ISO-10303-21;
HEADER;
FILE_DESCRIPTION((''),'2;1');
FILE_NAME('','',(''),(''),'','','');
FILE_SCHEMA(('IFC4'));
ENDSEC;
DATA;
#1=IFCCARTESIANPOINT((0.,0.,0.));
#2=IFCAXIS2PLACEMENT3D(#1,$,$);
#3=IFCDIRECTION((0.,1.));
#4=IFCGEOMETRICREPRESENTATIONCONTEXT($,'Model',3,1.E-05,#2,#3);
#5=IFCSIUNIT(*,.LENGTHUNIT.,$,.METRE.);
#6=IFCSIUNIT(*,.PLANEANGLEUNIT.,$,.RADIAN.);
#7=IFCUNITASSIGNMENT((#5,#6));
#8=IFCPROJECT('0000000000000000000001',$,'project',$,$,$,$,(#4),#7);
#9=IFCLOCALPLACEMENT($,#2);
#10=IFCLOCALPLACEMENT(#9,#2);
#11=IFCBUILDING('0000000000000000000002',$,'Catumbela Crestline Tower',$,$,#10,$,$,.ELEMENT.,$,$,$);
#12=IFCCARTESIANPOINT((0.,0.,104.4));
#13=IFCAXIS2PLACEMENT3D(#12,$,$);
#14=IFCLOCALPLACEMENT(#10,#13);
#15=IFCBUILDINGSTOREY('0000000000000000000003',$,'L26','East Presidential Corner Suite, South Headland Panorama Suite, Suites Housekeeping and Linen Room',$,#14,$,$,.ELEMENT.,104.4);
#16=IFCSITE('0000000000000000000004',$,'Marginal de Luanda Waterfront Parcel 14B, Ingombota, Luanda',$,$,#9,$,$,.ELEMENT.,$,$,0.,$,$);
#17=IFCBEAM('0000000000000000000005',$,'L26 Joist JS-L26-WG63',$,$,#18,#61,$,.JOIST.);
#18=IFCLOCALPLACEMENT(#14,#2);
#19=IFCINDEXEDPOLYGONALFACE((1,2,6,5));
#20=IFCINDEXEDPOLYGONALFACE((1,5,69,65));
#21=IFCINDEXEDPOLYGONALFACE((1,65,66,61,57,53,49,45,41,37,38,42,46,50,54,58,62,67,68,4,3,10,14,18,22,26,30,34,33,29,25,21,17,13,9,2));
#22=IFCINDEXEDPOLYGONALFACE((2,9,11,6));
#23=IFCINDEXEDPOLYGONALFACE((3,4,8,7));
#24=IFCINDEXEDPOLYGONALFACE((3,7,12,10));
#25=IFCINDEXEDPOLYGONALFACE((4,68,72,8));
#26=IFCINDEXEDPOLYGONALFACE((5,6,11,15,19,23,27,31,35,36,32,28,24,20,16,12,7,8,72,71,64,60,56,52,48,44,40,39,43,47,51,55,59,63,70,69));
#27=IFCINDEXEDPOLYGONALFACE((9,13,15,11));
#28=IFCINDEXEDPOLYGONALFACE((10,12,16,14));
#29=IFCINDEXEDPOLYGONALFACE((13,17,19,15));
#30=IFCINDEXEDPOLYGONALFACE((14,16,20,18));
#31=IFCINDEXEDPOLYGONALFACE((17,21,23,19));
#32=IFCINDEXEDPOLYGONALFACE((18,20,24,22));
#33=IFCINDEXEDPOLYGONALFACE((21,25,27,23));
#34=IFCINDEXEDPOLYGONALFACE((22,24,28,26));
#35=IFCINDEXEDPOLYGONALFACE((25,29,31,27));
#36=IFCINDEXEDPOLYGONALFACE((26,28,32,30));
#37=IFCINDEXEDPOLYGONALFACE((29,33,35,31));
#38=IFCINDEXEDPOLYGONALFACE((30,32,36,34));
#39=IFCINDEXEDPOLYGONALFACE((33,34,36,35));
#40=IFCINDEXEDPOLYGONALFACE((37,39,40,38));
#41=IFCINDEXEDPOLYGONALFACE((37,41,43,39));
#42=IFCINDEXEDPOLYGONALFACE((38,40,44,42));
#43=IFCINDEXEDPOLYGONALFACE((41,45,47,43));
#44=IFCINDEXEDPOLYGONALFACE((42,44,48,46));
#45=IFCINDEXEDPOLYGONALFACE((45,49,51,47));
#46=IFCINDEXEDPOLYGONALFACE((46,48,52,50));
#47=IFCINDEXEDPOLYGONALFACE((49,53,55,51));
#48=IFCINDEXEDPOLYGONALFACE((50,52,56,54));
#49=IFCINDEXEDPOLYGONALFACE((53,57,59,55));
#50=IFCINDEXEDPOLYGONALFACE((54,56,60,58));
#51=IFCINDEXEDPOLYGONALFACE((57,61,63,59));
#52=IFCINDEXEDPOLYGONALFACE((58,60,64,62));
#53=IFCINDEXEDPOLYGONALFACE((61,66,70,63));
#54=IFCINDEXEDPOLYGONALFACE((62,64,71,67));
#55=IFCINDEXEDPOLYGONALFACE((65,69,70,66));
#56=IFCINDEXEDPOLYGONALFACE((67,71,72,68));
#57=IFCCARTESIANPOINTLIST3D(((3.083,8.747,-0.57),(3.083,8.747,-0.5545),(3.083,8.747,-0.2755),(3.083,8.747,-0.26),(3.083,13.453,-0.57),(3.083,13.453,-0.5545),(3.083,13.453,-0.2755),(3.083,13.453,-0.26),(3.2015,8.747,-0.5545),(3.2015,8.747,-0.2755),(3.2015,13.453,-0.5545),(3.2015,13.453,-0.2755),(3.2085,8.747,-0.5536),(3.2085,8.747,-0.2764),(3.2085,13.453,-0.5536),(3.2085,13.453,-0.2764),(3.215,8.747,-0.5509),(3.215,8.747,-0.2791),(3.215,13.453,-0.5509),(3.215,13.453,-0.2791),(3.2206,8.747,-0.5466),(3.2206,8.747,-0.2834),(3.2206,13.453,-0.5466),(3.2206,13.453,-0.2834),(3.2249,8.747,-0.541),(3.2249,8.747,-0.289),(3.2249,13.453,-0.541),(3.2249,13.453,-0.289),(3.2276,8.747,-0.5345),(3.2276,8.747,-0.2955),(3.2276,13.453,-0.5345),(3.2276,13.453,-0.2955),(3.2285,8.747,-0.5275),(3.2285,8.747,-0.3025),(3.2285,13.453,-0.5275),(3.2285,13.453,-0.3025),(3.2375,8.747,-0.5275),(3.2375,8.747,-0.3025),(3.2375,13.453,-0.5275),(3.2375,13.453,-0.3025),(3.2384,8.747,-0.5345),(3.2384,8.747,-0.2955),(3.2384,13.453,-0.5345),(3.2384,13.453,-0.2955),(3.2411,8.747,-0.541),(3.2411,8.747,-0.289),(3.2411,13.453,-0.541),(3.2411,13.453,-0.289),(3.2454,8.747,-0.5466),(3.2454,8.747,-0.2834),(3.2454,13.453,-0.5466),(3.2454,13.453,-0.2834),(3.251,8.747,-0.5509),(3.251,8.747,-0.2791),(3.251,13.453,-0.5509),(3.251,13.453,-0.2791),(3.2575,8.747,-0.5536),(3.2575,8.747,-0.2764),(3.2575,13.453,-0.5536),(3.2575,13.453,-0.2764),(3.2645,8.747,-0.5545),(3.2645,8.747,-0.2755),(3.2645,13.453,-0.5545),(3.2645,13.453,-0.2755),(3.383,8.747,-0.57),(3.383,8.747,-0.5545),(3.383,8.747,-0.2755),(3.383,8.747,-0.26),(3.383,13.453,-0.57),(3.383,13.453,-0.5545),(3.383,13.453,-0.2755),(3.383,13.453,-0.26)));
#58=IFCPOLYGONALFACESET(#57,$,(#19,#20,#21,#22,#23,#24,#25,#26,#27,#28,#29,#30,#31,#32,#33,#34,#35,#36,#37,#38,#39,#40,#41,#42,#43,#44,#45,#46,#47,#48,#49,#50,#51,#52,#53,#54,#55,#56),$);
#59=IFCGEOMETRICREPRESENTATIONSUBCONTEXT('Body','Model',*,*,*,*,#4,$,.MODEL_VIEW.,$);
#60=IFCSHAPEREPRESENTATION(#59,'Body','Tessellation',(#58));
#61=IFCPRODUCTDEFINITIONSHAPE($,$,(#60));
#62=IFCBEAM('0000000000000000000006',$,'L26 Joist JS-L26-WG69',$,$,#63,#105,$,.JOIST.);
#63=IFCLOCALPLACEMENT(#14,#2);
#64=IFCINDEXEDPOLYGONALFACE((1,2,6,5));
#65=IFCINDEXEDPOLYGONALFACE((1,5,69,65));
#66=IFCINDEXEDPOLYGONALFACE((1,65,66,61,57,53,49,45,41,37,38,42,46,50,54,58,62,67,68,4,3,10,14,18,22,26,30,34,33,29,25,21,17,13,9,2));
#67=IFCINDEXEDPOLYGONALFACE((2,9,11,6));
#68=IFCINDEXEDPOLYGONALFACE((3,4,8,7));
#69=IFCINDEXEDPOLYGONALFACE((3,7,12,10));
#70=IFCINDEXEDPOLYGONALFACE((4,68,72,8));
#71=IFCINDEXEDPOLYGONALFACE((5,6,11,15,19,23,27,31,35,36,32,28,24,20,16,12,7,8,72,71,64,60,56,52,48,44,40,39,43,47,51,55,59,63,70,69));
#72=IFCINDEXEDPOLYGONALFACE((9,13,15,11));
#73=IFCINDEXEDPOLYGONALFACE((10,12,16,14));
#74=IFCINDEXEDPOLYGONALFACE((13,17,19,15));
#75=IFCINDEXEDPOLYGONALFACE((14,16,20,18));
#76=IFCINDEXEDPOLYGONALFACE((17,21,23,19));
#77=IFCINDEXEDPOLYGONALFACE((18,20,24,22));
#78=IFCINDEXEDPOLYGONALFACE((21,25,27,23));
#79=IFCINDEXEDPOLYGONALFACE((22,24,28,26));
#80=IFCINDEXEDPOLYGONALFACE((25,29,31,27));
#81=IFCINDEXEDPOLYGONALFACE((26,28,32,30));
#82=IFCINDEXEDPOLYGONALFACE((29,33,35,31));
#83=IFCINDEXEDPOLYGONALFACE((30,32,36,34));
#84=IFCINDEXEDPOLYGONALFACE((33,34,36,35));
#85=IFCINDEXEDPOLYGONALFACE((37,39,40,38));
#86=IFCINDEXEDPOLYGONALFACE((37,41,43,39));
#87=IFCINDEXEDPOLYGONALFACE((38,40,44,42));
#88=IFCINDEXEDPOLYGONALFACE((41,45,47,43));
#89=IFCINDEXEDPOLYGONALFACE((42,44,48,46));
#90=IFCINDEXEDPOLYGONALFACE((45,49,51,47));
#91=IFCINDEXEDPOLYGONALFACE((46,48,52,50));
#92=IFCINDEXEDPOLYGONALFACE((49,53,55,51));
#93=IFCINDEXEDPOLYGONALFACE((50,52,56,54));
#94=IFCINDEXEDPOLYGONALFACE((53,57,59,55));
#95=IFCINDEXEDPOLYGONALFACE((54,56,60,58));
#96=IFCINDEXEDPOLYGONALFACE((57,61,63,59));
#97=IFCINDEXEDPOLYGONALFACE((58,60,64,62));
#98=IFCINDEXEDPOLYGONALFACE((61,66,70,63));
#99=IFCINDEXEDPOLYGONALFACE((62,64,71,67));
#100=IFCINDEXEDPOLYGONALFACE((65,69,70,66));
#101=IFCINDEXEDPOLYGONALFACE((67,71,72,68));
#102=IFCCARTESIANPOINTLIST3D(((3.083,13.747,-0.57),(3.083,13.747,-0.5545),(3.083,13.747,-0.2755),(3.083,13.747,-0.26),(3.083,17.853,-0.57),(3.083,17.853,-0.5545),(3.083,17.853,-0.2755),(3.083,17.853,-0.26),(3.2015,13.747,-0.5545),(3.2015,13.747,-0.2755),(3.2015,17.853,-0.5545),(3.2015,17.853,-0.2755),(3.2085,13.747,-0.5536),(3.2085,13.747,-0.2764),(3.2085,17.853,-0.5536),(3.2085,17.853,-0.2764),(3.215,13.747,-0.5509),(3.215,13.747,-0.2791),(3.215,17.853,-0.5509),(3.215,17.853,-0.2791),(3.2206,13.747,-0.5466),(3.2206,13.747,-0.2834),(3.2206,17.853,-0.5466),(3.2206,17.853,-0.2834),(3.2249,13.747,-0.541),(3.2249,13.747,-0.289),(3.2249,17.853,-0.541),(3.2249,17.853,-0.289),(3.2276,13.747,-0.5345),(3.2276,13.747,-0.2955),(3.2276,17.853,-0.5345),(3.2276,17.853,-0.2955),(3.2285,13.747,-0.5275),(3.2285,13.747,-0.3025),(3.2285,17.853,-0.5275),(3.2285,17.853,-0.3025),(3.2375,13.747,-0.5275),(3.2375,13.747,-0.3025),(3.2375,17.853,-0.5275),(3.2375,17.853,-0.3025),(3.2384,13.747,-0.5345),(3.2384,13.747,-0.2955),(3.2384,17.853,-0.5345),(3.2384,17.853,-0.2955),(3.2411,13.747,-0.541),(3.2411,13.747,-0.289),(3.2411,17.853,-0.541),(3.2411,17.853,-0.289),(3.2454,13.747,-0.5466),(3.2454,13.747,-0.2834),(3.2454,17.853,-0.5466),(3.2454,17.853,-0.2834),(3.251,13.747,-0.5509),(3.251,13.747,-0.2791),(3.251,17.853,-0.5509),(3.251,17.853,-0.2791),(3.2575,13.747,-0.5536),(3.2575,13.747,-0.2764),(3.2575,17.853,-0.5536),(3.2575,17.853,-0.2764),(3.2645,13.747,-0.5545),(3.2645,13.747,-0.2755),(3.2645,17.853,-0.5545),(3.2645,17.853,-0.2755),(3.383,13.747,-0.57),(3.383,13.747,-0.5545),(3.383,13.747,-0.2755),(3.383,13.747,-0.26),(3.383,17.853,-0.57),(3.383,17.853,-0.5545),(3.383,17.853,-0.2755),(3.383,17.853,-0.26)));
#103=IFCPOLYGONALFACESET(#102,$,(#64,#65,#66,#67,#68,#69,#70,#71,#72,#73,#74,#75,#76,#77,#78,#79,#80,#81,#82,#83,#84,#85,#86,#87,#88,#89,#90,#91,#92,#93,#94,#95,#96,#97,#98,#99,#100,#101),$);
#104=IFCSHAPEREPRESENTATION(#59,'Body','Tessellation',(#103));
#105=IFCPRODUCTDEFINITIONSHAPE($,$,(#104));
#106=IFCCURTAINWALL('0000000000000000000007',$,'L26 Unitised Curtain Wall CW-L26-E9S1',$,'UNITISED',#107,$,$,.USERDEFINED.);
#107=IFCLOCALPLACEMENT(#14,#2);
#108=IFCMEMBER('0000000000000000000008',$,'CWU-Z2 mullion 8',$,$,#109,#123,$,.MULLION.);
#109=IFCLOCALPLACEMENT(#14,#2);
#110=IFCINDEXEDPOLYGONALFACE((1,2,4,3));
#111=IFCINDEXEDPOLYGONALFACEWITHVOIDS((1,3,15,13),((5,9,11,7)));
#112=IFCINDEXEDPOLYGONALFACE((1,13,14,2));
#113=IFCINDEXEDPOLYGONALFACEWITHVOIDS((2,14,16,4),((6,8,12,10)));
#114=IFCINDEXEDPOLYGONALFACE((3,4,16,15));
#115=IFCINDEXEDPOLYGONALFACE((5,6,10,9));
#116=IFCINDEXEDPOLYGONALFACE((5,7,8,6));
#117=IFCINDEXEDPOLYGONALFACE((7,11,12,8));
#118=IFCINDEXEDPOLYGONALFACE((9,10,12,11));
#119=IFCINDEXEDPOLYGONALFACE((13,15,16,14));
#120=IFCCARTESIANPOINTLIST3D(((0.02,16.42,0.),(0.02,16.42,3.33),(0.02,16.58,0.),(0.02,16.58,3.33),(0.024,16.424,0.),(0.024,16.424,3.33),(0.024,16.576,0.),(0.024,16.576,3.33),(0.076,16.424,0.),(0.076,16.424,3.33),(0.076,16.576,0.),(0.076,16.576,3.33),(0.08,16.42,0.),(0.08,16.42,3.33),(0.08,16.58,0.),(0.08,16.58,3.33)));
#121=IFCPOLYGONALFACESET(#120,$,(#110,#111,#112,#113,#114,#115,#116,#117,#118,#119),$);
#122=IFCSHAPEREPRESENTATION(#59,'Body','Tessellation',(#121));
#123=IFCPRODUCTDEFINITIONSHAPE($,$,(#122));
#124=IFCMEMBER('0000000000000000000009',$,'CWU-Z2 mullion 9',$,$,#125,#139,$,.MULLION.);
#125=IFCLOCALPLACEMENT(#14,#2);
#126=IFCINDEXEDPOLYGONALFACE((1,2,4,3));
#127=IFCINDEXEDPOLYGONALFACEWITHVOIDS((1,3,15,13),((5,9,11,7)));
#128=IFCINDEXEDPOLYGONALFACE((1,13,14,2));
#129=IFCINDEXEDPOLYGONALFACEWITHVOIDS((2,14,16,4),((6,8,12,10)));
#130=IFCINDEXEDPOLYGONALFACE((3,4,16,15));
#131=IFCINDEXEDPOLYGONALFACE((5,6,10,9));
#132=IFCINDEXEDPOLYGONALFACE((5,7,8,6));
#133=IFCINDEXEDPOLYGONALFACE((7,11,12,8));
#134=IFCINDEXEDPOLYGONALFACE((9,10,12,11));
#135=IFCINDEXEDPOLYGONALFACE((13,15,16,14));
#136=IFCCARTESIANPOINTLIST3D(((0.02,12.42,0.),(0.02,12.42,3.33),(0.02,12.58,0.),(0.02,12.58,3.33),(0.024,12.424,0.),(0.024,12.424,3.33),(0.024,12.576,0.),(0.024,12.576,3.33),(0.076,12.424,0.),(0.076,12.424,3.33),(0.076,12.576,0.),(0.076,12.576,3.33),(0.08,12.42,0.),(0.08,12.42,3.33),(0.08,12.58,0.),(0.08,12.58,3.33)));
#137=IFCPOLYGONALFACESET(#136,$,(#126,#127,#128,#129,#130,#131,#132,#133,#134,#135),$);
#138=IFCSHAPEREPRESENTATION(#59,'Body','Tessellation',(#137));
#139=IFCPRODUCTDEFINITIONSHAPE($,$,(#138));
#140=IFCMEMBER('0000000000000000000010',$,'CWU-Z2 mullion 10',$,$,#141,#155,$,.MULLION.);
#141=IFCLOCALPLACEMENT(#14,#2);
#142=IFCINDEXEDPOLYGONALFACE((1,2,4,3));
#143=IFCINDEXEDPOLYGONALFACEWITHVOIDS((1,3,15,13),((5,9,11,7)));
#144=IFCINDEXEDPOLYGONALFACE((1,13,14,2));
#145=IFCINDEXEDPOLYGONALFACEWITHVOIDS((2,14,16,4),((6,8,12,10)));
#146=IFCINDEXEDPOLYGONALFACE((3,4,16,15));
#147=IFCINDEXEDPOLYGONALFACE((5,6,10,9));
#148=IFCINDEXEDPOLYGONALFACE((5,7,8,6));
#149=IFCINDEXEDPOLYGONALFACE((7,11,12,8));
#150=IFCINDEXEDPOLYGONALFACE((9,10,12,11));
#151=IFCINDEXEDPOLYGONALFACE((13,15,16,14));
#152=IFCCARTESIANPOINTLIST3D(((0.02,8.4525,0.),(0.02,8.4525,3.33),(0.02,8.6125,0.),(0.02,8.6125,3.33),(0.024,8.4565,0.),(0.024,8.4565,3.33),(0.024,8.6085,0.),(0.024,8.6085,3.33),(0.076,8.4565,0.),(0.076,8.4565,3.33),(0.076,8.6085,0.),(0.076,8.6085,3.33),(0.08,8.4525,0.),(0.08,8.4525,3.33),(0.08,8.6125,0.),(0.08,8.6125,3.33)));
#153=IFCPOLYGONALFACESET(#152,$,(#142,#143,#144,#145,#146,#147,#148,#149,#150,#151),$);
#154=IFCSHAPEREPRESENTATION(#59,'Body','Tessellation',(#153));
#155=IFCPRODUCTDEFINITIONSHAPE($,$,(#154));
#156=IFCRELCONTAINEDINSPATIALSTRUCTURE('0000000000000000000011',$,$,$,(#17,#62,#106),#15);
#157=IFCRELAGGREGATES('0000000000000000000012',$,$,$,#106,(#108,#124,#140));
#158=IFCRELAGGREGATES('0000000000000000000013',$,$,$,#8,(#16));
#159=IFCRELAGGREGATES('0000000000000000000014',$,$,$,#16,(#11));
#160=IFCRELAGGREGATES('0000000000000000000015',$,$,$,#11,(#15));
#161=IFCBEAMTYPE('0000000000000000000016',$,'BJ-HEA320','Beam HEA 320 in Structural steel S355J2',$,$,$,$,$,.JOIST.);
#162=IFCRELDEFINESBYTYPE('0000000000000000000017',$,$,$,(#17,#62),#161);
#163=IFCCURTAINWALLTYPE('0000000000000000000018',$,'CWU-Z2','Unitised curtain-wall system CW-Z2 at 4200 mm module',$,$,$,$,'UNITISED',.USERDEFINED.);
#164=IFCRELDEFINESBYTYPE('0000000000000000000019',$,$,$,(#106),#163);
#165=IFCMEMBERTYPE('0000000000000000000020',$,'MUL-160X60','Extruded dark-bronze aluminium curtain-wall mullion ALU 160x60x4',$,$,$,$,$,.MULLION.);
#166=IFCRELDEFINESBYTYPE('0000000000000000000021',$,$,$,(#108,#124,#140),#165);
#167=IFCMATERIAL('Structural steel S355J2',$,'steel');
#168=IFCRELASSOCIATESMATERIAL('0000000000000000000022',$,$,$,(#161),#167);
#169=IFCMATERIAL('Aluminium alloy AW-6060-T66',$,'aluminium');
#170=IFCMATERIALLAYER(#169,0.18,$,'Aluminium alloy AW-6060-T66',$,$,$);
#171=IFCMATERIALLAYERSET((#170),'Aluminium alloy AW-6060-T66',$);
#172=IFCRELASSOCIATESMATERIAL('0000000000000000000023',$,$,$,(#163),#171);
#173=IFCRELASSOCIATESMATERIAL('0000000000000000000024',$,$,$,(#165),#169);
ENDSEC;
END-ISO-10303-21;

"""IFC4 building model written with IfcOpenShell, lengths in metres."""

from ifc_helpers import new_model, si_unit, direction, frame, origin, origin_2d, place, context, subcontext, project, spatial, hollow_rectangle, i_section, extrude, material, layer, layer_set, material_profile, profile_set, type_object, element, aggregate, save


model = new_model("IFC4")

# Units and contexts
model_context = context("Model", 3, precision=1e-05, world=origin(), true_north=direction((0.0, 1.0)))
body_context = subcontext(model_context, "Body", "Model", "MODEL_VIEW")
ifc_project = project(units=[si_unit("LENGTHUNIT", "METRE"), si_unit("PLANEANGLEUNIT", "RADIAN")], contexts=[model_context])

# Site, building, storey
site_placement = place(None, origin())
site = spatial("IfcSite", under=ifc_project, at=site_placement, Name="Marginal de Luanda Waterfront Parcel 14B, Ingombota, Luanda", CompositionType="ELEMENT", RefElevation=0.0)
building_placement = place(site_placement, origin())
building = spatial("IfcBuilding", under=site, at=building_placement, Name="Catumbela Crestline Tower", CompositionType="ELEMENT")
storey_placement = place(building_placement, frame((0.0, 0.0, 104.4)))
storey = spatial("IfcBuildingStorey", under=building, at=storey_placement, Name="L26", Description="East Presidential Corner Suite, South Headland Panorama Suite, Suites Housekeeping and Linen Room", CompositionType="ELEMENT", Elevation=104.4)

# Beams
ifc_material_1 = material(Name="Structural steel S355J2", Category="steel")
ifc_material_profile_1 = material_profile(ifc_material_1, i_section(OverallWidth=0.3, OverallDepth=0.31, WebThickness=0.009, FlangeThickness=0.0155, FilletRadius=0.027, at=origin_2d()), Name="HEA 320")
ifc_profile_set_1 = profile_set([ifc_material_profile_1], Name="Structural steel S355J2")
beam_type_1 = type_object("IfcBeamType", Name="BJ-HEA320", Description="Beam HEA 320 in Structural steel S355J2", PredefinedType="JOIST", material=ifc_profile_set_1)
beam_1_placement = place(storey_placement, frame((3.233, 8.747, -0.415), z_axis=(0.0, 1.0, 0.0), x_axis=(-1.0, 0.0, 0.0)))
element("IfcBeam", 1, at=beam_1_placement, inside=storey, type_object=beam_type_1, Name="L26 Joist JS-L26-WG63", PredefinedType="JOIST", context=body_context, shape_type="SweptSolid", body=[
    extrude(i_section(OverallWidth=0.3, OverallDepth=0.31, WebThickness=0.009, FlangeThickness=0.0155, FilletRadius=0.027, at=origin_2d()), origin(), (0.0, 0.0, 1.0), 4.706),
])
beam_2_placement = place(storey_placement, frame((3.233, 13.747, -0.415), z_axis=(0.0, 1.0, 0.0), x_axis=(-1.0, 0.0, 0.0)))
element("IfcBeam", 2, at=beam_2_placement, inside=storey, type_object=beam_type_1, Name="L26 Joist JS-L26-WG69", PredefinedType="JOIST", context=body_context, shape_type="SweptSolid", body=[
    extrude(i_section(OverallWidth=0.3, OverallDepth=0.31, WebThickness=0.009, FlangeThickness=0.0155, FilletRadius=0.027, at=origin_2d()), origin(), (0.0, 0.0, 1.0), 4.106),
])

# Curtain wall, members
ifc_material_2 = material(Name="Aluminium alloy AW-6060-T66", Category="aluminium")
ifc_layer_1 = layer(ifc_material_2, 0.18, Name="Aluminium alloy AW-6060-T66")
ifc_layer_set_1 = layer_set([ifc_layer_1], Name="Aluminium alloy AW-6060-T66")
curtain_wall_type = type_object("IfcCurtainWallType", Name="CWU-Z2", Description="Unitised curtain-wall system CW-Z2 at 4200 mm module", ElementType="UNITISED", PredefinedType="USERDEFINED", material=ifc_layer_set_1)
curtain_wall_placement = place(storey_placement, origin())
curtain_wall = element("IfcCurtainWall", 3, at=curtain_wall_placement, inside=storey, type_object=curtain_wall_type, Name="L26 Unitised Curtain Wall CW-L26-E9S1", ObjectType="UNITISED", PredefinedType="USERDEFINED")
ifc_material_profile_2 = material_profile(ifc_material_2, hollow_rectangle(XDim=0.06, YDim=0.16, WallThickness=0.004, at=origin_2d()), Name="ALU 160x60x4")
ifc_profile_set_2 = profile_set([ifc_material_profile_2], Name="Aluminium alloy AW-6060-T66")
member_type_1 = type_object("IfcMemberType", Name="MUL-160X60", Description="Extruded dark-bronze aluminium curtain-wall mullion ALU 160x60x4", PredefinedType="MULLION", material=ifc_profile_set_2)
member_1_placement = place(storey_placement, frame((0.05, 16.5, 0.0), z_axis=(0.0, 0.0, 1.0), x_axis=(1.0, 0.0, 0.0)))
member_1 = element("IfcMember", 4, at=member_1_placement, type_object=member_type_1, Name="CWU-Z2 mullion 8", PredefinedType="MULLION", context=body_context, shape_type="SweptSolid", body=[
    extrude(hollow_rectangle(XDim=0.06, YDim=0.16, WallThickness=0.004, at=origin_2d()), origin(), (0.0, 0.0, 1.0), 3.33),
])
member_2_placement = place(storey_placement, frame((0.05, 12.5, 0.0), z_axis=(0.0, 0.0, 1.0), x_axis=(1.0, 0.0, 0.0)))
member_2 = element("IfcMember", 5, at=member_2_placement, type_object=member_type_1, Name="CWU-Z2 mullion 9", PredefinedType="MULLION", context=body_context, shape_type="SweptSolid", body=[
    extrude(hollow_rectangle(XDim=0.06, YDim=0.16, WallThickness=0.004, at=origin_2d()), origin(), (0.0, 0.0, 1.0), 3.33),
])
member_3_placement = place(storey_placement, frame((0.05, 8.5325, 0.0), z_axis=(0.0, 0.0, 1.0), x_axis=(1.0, 0.0, 0.0)))
member_3 = element("IfcMember", 6, at=member_3_placement, type_object=member_type_1, Name="CWU-Z2 mullion 10", PredefinedType="MULLION", context=body_context, shape_type="SweptSolid", body=[
    extrude(hollow_rectangle(XDim=0.06, YDim=0.16, WallThickness=0.004, at=origin_2d()), origin(), (0.0, 0.0, 1.0), 3.33),
])

aggregate(curtain_wall, [member_1, member_2, member_3])

save(model, "model.ifc")
